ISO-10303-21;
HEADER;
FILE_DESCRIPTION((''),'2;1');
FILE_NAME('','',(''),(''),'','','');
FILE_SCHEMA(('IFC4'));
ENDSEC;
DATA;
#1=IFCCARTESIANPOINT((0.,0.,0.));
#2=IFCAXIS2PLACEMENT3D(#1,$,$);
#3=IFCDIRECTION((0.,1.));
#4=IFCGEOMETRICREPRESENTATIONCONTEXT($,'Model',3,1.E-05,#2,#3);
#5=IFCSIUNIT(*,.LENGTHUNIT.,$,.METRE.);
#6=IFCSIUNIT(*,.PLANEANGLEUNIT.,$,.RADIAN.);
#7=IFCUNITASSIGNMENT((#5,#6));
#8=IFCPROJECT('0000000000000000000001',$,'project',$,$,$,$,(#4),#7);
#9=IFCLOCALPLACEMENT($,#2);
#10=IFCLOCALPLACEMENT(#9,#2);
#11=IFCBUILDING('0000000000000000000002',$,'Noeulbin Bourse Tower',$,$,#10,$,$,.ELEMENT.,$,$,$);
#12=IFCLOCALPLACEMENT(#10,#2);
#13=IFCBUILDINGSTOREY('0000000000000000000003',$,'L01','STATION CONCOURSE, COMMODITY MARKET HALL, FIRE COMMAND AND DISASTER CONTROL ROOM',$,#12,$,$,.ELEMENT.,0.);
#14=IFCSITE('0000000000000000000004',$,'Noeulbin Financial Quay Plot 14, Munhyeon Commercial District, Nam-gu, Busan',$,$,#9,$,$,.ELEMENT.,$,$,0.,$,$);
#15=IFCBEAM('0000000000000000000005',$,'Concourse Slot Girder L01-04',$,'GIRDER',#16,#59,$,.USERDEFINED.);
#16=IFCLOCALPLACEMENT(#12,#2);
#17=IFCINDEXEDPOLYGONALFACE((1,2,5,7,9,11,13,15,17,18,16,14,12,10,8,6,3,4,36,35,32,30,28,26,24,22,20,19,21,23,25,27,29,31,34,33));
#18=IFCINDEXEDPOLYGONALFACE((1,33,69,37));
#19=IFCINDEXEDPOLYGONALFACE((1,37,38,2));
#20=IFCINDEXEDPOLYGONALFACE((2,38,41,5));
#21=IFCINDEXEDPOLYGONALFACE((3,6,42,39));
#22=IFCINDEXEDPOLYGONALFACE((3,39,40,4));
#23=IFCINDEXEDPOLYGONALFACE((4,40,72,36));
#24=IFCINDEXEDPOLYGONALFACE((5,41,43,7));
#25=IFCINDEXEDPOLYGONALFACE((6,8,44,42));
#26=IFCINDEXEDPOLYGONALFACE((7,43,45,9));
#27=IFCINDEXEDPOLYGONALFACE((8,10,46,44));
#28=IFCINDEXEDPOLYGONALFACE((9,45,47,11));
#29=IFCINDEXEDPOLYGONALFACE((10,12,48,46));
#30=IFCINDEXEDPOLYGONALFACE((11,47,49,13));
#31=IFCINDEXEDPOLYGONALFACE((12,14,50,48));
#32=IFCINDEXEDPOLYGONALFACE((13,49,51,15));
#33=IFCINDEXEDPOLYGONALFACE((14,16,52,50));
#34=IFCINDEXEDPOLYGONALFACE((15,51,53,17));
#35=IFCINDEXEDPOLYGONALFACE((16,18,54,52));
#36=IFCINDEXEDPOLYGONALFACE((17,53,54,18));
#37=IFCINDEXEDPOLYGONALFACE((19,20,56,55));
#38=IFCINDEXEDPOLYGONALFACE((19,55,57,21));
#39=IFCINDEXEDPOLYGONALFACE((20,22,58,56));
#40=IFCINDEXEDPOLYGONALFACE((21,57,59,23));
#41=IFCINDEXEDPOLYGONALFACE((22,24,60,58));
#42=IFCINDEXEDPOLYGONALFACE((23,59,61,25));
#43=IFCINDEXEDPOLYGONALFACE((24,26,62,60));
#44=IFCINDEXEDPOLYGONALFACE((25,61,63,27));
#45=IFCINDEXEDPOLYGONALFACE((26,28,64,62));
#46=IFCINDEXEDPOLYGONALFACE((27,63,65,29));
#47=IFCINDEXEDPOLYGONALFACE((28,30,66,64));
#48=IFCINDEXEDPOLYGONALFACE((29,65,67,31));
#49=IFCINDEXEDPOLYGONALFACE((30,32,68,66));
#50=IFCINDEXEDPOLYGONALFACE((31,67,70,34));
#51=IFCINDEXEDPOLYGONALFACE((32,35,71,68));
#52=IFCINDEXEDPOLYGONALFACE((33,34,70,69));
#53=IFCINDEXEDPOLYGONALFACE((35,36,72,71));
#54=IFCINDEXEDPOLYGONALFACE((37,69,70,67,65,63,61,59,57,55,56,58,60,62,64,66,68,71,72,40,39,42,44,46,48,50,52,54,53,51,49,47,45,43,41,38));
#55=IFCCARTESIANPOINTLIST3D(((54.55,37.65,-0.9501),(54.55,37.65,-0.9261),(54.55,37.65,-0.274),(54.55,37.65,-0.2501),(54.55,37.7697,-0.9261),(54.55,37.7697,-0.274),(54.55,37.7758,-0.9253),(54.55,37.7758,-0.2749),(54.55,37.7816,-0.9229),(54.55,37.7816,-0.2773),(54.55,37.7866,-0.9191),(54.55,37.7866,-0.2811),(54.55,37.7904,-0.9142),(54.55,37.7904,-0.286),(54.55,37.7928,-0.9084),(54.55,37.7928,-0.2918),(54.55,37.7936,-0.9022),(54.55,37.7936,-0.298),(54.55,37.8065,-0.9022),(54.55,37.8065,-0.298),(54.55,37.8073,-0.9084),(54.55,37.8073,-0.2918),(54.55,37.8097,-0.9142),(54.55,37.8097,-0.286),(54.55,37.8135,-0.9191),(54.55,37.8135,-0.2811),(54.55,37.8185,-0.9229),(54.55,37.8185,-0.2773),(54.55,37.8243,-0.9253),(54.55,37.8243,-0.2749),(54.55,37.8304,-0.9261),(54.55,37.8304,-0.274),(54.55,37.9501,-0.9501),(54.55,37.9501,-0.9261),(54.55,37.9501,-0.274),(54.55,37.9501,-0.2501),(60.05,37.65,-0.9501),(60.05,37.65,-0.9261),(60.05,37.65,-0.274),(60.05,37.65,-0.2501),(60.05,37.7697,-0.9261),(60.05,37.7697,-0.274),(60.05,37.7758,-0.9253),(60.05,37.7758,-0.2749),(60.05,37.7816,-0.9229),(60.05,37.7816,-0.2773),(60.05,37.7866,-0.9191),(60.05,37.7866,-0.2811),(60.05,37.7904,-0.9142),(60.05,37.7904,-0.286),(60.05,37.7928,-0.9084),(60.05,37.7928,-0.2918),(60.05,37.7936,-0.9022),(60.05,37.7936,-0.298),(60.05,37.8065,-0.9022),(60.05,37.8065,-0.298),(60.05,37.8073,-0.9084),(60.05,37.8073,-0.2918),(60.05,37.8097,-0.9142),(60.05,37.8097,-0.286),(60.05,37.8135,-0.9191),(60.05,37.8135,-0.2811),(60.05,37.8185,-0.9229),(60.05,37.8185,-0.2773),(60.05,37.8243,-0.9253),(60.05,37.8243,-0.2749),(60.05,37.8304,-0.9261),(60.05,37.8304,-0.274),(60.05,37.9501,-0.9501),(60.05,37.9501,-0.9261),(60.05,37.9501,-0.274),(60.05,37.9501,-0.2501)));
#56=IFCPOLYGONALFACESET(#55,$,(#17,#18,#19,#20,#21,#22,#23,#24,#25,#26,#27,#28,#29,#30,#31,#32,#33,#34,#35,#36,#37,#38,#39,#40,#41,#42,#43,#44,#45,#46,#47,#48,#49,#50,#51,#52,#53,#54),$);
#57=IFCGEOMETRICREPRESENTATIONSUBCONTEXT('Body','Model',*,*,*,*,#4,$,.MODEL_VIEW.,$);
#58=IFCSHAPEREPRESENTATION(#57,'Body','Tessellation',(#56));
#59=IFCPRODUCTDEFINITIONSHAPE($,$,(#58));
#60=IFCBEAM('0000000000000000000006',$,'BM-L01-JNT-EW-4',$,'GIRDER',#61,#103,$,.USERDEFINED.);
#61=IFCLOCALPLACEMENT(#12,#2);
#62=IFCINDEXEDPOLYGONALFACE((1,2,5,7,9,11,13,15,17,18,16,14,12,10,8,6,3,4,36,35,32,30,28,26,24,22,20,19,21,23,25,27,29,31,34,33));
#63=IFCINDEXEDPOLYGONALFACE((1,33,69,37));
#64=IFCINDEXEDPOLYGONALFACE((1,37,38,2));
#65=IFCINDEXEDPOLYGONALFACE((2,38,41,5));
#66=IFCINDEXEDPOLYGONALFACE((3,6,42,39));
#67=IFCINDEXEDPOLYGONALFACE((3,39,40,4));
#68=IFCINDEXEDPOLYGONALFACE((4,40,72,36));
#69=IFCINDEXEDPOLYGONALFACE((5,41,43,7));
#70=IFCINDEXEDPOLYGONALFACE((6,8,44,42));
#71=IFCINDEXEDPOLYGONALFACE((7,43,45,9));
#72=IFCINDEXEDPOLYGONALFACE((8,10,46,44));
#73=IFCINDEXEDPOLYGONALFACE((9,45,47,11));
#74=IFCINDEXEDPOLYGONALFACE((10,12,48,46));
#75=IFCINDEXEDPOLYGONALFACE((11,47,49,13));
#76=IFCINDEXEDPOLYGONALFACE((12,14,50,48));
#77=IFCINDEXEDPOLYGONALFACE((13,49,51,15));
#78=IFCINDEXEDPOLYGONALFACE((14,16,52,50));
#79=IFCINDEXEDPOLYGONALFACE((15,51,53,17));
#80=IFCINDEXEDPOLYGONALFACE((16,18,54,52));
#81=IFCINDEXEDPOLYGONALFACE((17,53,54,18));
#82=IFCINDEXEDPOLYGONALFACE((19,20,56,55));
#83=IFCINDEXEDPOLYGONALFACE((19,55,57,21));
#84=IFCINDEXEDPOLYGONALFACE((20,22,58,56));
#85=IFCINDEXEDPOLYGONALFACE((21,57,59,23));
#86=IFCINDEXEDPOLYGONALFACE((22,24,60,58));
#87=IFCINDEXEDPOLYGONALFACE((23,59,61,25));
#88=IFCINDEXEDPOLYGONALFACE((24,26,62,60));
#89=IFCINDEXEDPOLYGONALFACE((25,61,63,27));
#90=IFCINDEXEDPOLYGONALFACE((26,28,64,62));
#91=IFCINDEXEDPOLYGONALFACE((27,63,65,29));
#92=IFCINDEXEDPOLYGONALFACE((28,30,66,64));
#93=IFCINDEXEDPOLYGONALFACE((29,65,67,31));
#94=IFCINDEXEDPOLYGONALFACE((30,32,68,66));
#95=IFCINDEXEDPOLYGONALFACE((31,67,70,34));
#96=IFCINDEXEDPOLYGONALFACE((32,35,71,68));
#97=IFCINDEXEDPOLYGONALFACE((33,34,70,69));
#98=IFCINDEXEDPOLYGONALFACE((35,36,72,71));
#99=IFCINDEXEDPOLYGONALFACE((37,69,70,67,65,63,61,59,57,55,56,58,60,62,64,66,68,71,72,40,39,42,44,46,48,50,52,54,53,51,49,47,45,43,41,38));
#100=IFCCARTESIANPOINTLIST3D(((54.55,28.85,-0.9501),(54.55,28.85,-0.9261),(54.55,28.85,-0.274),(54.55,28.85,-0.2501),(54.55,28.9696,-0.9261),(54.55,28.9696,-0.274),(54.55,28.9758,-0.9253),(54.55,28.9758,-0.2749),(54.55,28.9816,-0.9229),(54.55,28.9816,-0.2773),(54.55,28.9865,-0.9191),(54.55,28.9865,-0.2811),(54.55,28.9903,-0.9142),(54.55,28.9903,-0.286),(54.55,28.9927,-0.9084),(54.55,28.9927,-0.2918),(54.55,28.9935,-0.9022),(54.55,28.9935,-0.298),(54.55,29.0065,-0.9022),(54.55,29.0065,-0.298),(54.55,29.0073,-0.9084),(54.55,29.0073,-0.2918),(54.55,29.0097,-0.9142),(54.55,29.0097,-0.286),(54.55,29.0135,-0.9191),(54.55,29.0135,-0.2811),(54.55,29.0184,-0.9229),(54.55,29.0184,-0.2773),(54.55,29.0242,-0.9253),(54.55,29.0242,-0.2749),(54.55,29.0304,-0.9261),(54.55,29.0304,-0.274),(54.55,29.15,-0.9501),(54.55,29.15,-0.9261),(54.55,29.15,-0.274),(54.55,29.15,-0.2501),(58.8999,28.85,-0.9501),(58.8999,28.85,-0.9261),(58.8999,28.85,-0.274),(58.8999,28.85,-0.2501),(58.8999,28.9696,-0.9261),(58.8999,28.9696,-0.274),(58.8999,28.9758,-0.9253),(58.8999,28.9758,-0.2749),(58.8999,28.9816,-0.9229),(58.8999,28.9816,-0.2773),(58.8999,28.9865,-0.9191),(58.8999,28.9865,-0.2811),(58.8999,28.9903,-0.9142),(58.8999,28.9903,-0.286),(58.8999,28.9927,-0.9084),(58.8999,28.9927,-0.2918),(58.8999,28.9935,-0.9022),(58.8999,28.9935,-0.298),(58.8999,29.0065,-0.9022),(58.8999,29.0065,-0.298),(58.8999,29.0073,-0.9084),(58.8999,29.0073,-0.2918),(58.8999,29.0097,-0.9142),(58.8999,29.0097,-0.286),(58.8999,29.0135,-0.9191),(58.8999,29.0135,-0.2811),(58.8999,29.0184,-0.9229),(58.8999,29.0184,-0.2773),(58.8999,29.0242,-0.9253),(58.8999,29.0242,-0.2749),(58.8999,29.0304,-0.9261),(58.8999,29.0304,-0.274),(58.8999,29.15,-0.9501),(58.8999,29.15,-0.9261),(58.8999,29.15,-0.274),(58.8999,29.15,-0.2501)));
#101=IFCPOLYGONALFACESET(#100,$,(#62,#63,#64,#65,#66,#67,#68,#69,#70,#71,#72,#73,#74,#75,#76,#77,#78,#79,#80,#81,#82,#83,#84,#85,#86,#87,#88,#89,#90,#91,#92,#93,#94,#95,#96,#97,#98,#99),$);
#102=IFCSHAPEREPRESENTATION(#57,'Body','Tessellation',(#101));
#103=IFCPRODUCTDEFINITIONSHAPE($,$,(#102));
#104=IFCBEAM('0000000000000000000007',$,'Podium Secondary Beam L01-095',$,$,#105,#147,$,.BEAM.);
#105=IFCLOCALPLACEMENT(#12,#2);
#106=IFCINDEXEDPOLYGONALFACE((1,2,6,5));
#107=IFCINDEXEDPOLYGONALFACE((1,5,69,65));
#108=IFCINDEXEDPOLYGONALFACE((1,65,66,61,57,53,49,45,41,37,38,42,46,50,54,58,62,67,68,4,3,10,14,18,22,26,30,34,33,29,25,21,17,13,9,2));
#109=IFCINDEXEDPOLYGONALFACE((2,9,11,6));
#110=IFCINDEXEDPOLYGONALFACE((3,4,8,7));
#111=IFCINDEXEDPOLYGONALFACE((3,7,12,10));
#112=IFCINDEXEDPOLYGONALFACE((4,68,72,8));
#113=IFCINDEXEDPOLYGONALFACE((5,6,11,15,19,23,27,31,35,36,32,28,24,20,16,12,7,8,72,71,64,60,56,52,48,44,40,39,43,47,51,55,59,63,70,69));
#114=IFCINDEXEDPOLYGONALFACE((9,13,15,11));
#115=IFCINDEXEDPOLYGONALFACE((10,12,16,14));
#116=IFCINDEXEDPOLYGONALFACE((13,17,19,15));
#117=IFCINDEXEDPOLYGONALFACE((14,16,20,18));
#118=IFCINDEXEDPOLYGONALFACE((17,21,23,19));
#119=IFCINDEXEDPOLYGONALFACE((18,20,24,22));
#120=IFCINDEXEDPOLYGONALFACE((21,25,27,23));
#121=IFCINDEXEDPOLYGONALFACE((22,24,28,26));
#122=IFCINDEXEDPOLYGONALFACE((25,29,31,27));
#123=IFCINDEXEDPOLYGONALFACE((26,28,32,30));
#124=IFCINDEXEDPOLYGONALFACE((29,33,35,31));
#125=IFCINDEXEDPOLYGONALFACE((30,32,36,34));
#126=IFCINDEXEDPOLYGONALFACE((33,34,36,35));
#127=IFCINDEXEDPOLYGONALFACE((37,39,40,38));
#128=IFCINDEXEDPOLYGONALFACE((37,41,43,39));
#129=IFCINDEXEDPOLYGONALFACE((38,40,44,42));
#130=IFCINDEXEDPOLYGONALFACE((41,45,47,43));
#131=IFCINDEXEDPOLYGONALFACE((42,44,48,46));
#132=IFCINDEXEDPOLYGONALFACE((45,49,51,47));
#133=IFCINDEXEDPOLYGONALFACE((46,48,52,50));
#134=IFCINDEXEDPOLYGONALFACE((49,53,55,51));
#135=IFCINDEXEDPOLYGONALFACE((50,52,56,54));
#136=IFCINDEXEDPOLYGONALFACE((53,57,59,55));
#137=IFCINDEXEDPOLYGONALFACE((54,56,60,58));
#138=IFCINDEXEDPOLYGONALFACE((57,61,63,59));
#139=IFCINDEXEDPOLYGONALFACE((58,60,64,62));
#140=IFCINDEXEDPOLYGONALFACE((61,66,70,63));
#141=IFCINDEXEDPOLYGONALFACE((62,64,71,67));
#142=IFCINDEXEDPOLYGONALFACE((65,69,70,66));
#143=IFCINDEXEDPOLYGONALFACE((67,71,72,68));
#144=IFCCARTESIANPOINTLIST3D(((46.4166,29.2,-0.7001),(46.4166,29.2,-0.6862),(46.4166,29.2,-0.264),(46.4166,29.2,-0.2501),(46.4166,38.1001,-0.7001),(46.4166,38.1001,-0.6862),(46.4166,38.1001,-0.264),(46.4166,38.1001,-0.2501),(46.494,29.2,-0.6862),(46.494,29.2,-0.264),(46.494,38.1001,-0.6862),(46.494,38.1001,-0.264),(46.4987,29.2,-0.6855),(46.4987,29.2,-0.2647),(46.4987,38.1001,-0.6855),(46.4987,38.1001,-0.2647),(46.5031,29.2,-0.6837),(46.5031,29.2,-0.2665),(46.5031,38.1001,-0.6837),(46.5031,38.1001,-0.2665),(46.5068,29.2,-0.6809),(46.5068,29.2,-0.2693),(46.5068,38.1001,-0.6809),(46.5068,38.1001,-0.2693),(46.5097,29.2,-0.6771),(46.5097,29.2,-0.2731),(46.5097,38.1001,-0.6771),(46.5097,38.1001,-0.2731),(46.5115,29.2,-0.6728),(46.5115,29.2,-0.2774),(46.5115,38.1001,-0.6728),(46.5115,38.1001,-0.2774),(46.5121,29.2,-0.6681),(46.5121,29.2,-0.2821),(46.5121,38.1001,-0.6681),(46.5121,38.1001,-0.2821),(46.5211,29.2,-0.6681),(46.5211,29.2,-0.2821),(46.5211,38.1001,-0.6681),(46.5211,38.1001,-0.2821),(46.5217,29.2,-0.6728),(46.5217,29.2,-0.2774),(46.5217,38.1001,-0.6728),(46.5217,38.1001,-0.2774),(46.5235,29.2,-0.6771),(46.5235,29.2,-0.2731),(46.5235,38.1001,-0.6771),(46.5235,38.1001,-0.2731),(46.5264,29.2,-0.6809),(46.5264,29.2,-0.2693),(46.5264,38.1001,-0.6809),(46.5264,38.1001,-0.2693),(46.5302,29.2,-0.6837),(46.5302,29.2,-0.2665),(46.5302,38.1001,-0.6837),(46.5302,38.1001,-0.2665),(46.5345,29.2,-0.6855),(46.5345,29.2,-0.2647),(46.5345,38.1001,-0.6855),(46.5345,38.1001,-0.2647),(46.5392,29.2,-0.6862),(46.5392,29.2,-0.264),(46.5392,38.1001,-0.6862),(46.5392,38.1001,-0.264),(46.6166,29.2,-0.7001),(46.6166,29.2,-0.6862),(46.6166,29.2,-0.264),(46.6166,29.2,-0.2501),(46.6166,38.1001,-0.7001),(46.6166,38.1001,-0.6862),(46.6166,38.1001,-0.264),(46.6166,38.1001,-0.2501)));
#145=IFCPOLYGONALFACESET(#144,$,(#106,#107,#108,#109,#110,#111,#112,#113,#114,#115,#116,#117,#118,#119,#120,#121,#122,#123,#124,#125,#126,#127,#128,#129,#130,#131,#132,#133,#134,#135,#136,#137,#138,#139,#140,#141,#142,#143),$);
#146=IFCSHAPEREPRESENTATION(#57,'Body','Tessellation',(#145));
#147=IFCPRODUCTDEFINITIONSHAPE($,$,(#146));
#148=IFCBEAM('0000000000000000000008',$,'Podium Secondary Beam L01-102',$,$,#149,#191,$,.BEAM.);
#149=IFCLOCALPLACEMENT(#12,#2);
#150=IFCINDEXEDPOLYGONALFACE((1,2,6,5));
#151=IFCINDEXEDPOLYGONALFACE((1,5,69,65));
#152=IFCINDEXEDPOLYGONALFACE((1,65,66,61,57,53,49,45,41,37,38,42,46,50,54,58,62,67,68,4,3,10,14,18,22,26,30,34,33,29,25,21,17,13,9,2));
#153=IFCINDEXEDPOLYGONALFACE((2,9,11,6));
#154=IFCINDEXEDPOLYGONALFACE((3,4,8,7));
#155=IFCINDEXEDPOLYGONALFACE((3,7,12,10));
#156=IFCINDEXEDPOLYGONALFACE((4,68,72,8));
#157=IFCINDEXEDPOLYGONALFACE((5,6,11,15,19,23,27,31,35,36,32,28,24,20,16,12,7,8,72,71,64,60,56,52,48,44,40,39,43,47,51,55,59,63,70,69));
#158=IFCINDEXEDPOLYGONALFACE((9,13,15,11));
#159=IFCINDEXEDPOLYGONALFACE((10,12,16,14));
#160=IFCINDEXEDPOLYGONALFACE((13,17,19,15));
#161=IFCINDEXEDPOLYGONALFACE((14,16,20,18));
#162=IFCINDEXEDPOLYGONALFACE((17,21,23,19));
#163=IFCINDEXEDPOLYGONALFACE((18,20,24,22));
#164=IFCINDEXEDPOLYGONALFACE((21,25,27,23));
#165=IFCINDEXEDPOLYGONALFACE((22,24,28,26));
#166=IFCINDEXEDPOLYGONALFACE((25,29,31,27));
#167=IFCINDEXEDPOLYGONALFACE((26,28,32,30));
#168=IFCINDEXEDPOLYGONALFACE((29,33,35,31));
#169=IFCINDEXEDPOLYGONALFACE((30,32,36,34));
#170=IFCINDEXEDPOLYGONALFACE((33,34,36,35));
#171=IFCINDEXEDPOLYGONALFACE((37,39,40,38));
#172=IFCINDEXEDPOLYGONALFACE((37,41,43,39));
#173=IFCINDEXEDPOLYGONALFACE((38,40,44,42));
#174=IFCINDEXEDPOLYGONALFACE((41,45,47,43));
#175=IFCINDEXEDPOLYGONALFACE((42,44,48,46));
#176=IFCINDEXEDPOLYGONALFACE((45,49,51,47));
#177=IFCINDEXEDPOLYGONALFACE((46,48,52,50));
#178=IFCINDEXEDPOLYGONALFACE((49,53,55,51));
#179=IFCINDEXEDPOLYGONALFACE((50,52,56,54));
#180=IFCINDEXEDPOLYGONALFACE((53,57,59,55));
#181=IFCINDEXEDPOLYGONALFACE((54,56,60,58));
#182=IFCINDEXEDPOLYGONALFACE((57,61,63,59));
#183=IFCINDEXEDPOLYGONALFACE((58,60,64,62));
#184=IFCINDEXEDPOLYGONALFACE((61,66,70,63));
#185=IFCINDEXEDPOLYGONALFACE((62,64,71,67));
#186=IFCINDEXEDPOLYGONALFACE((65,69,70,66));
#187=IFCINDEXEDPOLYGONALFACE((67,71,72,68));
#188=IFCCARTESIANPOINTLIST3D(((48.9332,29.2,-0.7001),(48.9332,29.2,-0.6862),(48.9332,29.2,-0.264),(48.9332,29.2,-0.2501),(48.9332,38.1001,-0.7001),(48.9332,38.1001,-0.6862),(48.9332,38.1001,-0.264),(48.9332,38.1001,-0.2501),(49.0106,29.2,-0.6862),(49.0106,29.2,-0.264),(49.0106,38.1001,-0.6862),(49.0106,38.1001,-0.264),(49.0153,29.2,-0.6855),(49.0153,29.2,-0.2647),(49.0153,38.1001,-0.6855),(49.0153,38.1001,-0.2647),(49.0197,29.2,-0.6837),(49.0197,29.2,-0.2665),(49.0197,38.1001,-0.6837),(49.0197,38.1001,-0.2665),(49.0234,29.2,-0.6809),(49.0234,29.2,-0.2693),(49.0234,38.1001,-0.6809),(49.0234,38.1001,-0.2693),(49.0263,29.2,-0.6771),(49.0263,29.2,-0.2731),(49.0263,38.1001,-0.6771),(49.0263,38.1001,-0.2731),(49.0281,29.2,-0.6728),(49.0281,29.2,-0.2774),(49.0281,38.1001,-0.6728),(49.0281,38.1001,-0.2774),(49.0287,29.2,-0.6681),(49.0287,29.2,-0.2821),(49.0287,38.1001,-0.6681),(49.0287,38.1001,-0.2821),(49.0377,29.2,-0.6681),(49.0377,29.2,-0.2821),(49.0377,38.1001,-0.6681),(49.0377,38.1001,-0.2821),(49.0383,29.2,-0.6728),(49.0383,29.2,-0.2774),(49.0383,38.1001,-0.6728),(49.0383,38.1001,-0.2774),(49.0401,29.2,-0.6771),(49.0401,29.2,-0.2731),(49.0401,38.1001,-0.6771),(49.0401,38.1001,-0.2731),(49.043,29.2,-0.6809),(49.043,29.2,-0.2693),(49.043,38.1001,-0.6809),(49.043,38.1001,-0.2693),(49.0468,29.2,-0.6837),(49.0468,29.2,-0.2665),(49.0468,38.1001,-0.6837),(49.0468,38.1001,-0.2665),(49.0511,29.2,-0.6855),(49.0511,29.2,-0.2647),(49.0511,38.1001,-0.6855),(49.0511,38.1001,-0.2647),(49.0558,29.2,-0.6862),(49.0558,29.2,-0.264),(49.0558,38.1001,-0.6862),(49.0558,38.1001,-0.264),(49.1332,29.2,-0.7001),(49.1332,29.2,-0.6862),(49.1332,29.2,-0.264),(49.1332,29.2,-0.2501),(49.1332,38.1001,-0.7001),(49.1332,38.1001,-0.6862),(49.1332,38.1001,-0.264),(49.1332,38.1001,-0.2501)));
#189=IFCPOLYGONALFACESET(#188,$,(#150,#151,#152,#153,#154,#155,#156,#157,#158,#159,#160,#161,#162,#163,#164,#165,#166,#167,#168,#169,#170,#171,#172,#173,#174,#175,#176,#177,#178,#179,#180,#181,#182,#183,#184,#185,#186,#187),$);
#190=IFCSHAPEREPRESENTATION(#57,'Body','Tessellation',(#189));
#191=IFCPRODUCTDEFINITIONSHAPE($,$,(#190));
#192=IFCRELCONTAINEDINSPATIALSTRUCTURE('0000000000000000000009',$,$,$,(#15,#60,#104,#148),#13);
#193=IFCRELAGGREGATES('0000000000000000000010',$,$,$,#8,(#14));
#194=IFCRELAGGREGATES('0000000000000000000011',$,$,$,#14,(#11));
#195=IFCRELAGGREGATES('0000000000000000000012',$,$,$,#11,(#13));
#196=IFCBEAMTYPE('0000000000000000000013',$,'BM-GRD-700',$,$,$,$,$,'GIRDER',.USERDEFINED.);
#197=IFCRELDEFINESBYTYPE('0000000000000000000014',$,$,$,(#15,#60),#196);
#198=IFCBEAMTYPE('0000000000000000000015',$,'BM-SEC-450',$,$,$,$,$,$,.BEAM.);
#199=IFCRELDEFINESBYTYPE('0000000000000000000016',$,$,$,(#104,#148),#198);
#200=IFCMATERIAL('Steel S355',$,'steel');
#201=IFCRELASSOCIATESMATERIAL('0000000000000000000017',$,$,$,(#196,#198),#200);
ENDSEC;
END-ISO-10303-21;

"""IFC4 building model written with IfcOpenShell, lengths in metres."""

from ifc_helpers import new_model, si_unit, direction, frame, origin, origin_2d, place, context, subcontext, project, spatial, i_section, extrude, material, material_profile, profile_set, type_object, element, save


model = new_model("IFC4")

# Units and contexts
model_context = context("Model", 3, precision=1e-05, world=origin(), true_north=direction((0.0, 1.0)))
body_context = subcontext(model_context, "Body", "Model", "MODEL_VIEW")
ifc_project = project(units=[si_unit("LENGTHUNIT", "METRE"), si_unit("PLANEANGLEUNIT", "RADIAN")], contexts=[model_context])

# Site, building, storey
site_placement = place(None, origin())
site = spatial("IfcSite", under=ifc_project, at=site_placement, Name="Noeulbin Financial Quay Plot 14, Munhyeon Commercial District, Nam-gu, Busan", CompositionType="ELEMENT", RefElevation=0.0)
building_placement = place(site_placement, origin())
building = spatial("IfcBuilding", under=site, at=building_placement, Name="Noeulbin Bourse Tower", CompositionType="ELEMENT")
storey_placement = place(building_placement, origin())
storey = spatial("IfcBuildingStorey", under=building, at=storey_placement, Name="L01", Description="STATION CONCOURSE, COMMODITY MARKET HALL, FIRE COMMAND AND DISASTER CONTROL ROOM", CompositionType="ELEMENT", Elevation=0.0)

# Beams
ifc_material_1 = material(Name="Steel S355", Category="steel")
ifc_material_profile_1 = material_profile(ifc_material_1, i_section(OverallWidth=0.3, OverallDepth=0.7, WebThickness=0.0129, FlangeThickness=0.0239, FilletRadius=0.0239, at=origin_2d()), Name="H-700x300x13x24", Category="LoadBearing")
ifc_profile_set_1 = profile_set([ifc_material_profile_1], Name="Steel S355")
beam_type_1 = type_object("IfcBeamType", Name="BM-GRD-700", ElementType="GIRDER", PredefinedType="USERDEFINED", material=ifc_profile_set_1)
beam_1_placement = place(storey_placement, frame((54.55, 37.8, -0.6001), z_axis=(1.0, 0.0, 0.0), x_axis=(0.0, 1.0, 0.0)))
element("IfcBeam", 1, at=beam_1_placement, inside=storey, type_object=beam_type_1, Name="Concourse Slot Girder L01-04", ObjectType="GIRDER", PredefinedType="USERDEFINED", context=body_context, shape_type="SweptSolid", body=[
    extrude(i_section(OverallWidth=0.3, OverallDepth=0.7, WebThickness=0.0129, FlangeThickness=0.0239, FilletRadius=0.0239, at=origin_2d()), origin(), (0.0, 0.0, 1.0), 5.5),
])
beam_2_placement = place(storey_placement, frame((54.55, 29.0, -0.6001), z_axis=(1.0, 0.0, 0.0), x_axis=(0.0, 1.0, 0.0)))
element("IfcBeam", 2, at=beam_2_placement, inside=storey, type_object=beam_type_1, Name="BM-L01-JNT-EW-4", ObjectType="GIRDER", PredefinedType="USERDEFINED", context=body_context, shape_type="SweptSolid", body=[
    extrude(i_section(OverallWidth=0.3, OverallDepth=0.7, WebThickness=0.0129, FlangeThickness=0.0239, FilletRadius=0.0239, at=origin_2d()), origin(), (0.0, 0.0, 1.0), 4.3499),
])
ifc_material_profile_2 = material_profile(ifc_material_1, i_section(OverallWidth=0.2, OverallDepth=0.45, WebThickness=0.009, FlangeThickness=0.0139, FilletRadius=0.0181, at=origin_2d()), Name="H-450x200x9x14", Category="LoadBearing")
ifc_profile_set_2 = profile_set([ifc_material_profile_2], Name="Steel S355")
beam_type_2 = type_object("IfcBeamType", Name="BM-SEC-450", PredefinedType="BEAM", material=ifc_profile_set_2)
for number, where, z_axis, x_axis, name in (
    (3, (46.5166, 29.2, -0.4751), (0.0, 1.0, 0.0), (-1.0, 0.0, 0.0), "Podium Secondary Beam L01-095"),
    (4, (49.0332, 29.2, -0.4751), (0.0, 1.0, 0.0), (-1.0, 0.0, 0.0), "Podium Secondary Beam L01-102"),
):
    element("IfcBeam", number, at=place(storey_placement, frame(where, z_axis=z_axis, x_axis=x_axis)), inside=storey, type_object=beam_type_2, Name=name, PredefinedType="BEAM", context=body_context, shape_type="SweptSolid", body=[
        extrude(i_section(OverallWidth=0.2, OverallDepth=0.45, WebThickness=0.009, FlangeThickness=0.0139, FilletRadius=0.0181, at=origin_2d()), origin(), (0.0, 0.0, 1.0), 8.9001),
    ])

save(model, "model.ifc")
